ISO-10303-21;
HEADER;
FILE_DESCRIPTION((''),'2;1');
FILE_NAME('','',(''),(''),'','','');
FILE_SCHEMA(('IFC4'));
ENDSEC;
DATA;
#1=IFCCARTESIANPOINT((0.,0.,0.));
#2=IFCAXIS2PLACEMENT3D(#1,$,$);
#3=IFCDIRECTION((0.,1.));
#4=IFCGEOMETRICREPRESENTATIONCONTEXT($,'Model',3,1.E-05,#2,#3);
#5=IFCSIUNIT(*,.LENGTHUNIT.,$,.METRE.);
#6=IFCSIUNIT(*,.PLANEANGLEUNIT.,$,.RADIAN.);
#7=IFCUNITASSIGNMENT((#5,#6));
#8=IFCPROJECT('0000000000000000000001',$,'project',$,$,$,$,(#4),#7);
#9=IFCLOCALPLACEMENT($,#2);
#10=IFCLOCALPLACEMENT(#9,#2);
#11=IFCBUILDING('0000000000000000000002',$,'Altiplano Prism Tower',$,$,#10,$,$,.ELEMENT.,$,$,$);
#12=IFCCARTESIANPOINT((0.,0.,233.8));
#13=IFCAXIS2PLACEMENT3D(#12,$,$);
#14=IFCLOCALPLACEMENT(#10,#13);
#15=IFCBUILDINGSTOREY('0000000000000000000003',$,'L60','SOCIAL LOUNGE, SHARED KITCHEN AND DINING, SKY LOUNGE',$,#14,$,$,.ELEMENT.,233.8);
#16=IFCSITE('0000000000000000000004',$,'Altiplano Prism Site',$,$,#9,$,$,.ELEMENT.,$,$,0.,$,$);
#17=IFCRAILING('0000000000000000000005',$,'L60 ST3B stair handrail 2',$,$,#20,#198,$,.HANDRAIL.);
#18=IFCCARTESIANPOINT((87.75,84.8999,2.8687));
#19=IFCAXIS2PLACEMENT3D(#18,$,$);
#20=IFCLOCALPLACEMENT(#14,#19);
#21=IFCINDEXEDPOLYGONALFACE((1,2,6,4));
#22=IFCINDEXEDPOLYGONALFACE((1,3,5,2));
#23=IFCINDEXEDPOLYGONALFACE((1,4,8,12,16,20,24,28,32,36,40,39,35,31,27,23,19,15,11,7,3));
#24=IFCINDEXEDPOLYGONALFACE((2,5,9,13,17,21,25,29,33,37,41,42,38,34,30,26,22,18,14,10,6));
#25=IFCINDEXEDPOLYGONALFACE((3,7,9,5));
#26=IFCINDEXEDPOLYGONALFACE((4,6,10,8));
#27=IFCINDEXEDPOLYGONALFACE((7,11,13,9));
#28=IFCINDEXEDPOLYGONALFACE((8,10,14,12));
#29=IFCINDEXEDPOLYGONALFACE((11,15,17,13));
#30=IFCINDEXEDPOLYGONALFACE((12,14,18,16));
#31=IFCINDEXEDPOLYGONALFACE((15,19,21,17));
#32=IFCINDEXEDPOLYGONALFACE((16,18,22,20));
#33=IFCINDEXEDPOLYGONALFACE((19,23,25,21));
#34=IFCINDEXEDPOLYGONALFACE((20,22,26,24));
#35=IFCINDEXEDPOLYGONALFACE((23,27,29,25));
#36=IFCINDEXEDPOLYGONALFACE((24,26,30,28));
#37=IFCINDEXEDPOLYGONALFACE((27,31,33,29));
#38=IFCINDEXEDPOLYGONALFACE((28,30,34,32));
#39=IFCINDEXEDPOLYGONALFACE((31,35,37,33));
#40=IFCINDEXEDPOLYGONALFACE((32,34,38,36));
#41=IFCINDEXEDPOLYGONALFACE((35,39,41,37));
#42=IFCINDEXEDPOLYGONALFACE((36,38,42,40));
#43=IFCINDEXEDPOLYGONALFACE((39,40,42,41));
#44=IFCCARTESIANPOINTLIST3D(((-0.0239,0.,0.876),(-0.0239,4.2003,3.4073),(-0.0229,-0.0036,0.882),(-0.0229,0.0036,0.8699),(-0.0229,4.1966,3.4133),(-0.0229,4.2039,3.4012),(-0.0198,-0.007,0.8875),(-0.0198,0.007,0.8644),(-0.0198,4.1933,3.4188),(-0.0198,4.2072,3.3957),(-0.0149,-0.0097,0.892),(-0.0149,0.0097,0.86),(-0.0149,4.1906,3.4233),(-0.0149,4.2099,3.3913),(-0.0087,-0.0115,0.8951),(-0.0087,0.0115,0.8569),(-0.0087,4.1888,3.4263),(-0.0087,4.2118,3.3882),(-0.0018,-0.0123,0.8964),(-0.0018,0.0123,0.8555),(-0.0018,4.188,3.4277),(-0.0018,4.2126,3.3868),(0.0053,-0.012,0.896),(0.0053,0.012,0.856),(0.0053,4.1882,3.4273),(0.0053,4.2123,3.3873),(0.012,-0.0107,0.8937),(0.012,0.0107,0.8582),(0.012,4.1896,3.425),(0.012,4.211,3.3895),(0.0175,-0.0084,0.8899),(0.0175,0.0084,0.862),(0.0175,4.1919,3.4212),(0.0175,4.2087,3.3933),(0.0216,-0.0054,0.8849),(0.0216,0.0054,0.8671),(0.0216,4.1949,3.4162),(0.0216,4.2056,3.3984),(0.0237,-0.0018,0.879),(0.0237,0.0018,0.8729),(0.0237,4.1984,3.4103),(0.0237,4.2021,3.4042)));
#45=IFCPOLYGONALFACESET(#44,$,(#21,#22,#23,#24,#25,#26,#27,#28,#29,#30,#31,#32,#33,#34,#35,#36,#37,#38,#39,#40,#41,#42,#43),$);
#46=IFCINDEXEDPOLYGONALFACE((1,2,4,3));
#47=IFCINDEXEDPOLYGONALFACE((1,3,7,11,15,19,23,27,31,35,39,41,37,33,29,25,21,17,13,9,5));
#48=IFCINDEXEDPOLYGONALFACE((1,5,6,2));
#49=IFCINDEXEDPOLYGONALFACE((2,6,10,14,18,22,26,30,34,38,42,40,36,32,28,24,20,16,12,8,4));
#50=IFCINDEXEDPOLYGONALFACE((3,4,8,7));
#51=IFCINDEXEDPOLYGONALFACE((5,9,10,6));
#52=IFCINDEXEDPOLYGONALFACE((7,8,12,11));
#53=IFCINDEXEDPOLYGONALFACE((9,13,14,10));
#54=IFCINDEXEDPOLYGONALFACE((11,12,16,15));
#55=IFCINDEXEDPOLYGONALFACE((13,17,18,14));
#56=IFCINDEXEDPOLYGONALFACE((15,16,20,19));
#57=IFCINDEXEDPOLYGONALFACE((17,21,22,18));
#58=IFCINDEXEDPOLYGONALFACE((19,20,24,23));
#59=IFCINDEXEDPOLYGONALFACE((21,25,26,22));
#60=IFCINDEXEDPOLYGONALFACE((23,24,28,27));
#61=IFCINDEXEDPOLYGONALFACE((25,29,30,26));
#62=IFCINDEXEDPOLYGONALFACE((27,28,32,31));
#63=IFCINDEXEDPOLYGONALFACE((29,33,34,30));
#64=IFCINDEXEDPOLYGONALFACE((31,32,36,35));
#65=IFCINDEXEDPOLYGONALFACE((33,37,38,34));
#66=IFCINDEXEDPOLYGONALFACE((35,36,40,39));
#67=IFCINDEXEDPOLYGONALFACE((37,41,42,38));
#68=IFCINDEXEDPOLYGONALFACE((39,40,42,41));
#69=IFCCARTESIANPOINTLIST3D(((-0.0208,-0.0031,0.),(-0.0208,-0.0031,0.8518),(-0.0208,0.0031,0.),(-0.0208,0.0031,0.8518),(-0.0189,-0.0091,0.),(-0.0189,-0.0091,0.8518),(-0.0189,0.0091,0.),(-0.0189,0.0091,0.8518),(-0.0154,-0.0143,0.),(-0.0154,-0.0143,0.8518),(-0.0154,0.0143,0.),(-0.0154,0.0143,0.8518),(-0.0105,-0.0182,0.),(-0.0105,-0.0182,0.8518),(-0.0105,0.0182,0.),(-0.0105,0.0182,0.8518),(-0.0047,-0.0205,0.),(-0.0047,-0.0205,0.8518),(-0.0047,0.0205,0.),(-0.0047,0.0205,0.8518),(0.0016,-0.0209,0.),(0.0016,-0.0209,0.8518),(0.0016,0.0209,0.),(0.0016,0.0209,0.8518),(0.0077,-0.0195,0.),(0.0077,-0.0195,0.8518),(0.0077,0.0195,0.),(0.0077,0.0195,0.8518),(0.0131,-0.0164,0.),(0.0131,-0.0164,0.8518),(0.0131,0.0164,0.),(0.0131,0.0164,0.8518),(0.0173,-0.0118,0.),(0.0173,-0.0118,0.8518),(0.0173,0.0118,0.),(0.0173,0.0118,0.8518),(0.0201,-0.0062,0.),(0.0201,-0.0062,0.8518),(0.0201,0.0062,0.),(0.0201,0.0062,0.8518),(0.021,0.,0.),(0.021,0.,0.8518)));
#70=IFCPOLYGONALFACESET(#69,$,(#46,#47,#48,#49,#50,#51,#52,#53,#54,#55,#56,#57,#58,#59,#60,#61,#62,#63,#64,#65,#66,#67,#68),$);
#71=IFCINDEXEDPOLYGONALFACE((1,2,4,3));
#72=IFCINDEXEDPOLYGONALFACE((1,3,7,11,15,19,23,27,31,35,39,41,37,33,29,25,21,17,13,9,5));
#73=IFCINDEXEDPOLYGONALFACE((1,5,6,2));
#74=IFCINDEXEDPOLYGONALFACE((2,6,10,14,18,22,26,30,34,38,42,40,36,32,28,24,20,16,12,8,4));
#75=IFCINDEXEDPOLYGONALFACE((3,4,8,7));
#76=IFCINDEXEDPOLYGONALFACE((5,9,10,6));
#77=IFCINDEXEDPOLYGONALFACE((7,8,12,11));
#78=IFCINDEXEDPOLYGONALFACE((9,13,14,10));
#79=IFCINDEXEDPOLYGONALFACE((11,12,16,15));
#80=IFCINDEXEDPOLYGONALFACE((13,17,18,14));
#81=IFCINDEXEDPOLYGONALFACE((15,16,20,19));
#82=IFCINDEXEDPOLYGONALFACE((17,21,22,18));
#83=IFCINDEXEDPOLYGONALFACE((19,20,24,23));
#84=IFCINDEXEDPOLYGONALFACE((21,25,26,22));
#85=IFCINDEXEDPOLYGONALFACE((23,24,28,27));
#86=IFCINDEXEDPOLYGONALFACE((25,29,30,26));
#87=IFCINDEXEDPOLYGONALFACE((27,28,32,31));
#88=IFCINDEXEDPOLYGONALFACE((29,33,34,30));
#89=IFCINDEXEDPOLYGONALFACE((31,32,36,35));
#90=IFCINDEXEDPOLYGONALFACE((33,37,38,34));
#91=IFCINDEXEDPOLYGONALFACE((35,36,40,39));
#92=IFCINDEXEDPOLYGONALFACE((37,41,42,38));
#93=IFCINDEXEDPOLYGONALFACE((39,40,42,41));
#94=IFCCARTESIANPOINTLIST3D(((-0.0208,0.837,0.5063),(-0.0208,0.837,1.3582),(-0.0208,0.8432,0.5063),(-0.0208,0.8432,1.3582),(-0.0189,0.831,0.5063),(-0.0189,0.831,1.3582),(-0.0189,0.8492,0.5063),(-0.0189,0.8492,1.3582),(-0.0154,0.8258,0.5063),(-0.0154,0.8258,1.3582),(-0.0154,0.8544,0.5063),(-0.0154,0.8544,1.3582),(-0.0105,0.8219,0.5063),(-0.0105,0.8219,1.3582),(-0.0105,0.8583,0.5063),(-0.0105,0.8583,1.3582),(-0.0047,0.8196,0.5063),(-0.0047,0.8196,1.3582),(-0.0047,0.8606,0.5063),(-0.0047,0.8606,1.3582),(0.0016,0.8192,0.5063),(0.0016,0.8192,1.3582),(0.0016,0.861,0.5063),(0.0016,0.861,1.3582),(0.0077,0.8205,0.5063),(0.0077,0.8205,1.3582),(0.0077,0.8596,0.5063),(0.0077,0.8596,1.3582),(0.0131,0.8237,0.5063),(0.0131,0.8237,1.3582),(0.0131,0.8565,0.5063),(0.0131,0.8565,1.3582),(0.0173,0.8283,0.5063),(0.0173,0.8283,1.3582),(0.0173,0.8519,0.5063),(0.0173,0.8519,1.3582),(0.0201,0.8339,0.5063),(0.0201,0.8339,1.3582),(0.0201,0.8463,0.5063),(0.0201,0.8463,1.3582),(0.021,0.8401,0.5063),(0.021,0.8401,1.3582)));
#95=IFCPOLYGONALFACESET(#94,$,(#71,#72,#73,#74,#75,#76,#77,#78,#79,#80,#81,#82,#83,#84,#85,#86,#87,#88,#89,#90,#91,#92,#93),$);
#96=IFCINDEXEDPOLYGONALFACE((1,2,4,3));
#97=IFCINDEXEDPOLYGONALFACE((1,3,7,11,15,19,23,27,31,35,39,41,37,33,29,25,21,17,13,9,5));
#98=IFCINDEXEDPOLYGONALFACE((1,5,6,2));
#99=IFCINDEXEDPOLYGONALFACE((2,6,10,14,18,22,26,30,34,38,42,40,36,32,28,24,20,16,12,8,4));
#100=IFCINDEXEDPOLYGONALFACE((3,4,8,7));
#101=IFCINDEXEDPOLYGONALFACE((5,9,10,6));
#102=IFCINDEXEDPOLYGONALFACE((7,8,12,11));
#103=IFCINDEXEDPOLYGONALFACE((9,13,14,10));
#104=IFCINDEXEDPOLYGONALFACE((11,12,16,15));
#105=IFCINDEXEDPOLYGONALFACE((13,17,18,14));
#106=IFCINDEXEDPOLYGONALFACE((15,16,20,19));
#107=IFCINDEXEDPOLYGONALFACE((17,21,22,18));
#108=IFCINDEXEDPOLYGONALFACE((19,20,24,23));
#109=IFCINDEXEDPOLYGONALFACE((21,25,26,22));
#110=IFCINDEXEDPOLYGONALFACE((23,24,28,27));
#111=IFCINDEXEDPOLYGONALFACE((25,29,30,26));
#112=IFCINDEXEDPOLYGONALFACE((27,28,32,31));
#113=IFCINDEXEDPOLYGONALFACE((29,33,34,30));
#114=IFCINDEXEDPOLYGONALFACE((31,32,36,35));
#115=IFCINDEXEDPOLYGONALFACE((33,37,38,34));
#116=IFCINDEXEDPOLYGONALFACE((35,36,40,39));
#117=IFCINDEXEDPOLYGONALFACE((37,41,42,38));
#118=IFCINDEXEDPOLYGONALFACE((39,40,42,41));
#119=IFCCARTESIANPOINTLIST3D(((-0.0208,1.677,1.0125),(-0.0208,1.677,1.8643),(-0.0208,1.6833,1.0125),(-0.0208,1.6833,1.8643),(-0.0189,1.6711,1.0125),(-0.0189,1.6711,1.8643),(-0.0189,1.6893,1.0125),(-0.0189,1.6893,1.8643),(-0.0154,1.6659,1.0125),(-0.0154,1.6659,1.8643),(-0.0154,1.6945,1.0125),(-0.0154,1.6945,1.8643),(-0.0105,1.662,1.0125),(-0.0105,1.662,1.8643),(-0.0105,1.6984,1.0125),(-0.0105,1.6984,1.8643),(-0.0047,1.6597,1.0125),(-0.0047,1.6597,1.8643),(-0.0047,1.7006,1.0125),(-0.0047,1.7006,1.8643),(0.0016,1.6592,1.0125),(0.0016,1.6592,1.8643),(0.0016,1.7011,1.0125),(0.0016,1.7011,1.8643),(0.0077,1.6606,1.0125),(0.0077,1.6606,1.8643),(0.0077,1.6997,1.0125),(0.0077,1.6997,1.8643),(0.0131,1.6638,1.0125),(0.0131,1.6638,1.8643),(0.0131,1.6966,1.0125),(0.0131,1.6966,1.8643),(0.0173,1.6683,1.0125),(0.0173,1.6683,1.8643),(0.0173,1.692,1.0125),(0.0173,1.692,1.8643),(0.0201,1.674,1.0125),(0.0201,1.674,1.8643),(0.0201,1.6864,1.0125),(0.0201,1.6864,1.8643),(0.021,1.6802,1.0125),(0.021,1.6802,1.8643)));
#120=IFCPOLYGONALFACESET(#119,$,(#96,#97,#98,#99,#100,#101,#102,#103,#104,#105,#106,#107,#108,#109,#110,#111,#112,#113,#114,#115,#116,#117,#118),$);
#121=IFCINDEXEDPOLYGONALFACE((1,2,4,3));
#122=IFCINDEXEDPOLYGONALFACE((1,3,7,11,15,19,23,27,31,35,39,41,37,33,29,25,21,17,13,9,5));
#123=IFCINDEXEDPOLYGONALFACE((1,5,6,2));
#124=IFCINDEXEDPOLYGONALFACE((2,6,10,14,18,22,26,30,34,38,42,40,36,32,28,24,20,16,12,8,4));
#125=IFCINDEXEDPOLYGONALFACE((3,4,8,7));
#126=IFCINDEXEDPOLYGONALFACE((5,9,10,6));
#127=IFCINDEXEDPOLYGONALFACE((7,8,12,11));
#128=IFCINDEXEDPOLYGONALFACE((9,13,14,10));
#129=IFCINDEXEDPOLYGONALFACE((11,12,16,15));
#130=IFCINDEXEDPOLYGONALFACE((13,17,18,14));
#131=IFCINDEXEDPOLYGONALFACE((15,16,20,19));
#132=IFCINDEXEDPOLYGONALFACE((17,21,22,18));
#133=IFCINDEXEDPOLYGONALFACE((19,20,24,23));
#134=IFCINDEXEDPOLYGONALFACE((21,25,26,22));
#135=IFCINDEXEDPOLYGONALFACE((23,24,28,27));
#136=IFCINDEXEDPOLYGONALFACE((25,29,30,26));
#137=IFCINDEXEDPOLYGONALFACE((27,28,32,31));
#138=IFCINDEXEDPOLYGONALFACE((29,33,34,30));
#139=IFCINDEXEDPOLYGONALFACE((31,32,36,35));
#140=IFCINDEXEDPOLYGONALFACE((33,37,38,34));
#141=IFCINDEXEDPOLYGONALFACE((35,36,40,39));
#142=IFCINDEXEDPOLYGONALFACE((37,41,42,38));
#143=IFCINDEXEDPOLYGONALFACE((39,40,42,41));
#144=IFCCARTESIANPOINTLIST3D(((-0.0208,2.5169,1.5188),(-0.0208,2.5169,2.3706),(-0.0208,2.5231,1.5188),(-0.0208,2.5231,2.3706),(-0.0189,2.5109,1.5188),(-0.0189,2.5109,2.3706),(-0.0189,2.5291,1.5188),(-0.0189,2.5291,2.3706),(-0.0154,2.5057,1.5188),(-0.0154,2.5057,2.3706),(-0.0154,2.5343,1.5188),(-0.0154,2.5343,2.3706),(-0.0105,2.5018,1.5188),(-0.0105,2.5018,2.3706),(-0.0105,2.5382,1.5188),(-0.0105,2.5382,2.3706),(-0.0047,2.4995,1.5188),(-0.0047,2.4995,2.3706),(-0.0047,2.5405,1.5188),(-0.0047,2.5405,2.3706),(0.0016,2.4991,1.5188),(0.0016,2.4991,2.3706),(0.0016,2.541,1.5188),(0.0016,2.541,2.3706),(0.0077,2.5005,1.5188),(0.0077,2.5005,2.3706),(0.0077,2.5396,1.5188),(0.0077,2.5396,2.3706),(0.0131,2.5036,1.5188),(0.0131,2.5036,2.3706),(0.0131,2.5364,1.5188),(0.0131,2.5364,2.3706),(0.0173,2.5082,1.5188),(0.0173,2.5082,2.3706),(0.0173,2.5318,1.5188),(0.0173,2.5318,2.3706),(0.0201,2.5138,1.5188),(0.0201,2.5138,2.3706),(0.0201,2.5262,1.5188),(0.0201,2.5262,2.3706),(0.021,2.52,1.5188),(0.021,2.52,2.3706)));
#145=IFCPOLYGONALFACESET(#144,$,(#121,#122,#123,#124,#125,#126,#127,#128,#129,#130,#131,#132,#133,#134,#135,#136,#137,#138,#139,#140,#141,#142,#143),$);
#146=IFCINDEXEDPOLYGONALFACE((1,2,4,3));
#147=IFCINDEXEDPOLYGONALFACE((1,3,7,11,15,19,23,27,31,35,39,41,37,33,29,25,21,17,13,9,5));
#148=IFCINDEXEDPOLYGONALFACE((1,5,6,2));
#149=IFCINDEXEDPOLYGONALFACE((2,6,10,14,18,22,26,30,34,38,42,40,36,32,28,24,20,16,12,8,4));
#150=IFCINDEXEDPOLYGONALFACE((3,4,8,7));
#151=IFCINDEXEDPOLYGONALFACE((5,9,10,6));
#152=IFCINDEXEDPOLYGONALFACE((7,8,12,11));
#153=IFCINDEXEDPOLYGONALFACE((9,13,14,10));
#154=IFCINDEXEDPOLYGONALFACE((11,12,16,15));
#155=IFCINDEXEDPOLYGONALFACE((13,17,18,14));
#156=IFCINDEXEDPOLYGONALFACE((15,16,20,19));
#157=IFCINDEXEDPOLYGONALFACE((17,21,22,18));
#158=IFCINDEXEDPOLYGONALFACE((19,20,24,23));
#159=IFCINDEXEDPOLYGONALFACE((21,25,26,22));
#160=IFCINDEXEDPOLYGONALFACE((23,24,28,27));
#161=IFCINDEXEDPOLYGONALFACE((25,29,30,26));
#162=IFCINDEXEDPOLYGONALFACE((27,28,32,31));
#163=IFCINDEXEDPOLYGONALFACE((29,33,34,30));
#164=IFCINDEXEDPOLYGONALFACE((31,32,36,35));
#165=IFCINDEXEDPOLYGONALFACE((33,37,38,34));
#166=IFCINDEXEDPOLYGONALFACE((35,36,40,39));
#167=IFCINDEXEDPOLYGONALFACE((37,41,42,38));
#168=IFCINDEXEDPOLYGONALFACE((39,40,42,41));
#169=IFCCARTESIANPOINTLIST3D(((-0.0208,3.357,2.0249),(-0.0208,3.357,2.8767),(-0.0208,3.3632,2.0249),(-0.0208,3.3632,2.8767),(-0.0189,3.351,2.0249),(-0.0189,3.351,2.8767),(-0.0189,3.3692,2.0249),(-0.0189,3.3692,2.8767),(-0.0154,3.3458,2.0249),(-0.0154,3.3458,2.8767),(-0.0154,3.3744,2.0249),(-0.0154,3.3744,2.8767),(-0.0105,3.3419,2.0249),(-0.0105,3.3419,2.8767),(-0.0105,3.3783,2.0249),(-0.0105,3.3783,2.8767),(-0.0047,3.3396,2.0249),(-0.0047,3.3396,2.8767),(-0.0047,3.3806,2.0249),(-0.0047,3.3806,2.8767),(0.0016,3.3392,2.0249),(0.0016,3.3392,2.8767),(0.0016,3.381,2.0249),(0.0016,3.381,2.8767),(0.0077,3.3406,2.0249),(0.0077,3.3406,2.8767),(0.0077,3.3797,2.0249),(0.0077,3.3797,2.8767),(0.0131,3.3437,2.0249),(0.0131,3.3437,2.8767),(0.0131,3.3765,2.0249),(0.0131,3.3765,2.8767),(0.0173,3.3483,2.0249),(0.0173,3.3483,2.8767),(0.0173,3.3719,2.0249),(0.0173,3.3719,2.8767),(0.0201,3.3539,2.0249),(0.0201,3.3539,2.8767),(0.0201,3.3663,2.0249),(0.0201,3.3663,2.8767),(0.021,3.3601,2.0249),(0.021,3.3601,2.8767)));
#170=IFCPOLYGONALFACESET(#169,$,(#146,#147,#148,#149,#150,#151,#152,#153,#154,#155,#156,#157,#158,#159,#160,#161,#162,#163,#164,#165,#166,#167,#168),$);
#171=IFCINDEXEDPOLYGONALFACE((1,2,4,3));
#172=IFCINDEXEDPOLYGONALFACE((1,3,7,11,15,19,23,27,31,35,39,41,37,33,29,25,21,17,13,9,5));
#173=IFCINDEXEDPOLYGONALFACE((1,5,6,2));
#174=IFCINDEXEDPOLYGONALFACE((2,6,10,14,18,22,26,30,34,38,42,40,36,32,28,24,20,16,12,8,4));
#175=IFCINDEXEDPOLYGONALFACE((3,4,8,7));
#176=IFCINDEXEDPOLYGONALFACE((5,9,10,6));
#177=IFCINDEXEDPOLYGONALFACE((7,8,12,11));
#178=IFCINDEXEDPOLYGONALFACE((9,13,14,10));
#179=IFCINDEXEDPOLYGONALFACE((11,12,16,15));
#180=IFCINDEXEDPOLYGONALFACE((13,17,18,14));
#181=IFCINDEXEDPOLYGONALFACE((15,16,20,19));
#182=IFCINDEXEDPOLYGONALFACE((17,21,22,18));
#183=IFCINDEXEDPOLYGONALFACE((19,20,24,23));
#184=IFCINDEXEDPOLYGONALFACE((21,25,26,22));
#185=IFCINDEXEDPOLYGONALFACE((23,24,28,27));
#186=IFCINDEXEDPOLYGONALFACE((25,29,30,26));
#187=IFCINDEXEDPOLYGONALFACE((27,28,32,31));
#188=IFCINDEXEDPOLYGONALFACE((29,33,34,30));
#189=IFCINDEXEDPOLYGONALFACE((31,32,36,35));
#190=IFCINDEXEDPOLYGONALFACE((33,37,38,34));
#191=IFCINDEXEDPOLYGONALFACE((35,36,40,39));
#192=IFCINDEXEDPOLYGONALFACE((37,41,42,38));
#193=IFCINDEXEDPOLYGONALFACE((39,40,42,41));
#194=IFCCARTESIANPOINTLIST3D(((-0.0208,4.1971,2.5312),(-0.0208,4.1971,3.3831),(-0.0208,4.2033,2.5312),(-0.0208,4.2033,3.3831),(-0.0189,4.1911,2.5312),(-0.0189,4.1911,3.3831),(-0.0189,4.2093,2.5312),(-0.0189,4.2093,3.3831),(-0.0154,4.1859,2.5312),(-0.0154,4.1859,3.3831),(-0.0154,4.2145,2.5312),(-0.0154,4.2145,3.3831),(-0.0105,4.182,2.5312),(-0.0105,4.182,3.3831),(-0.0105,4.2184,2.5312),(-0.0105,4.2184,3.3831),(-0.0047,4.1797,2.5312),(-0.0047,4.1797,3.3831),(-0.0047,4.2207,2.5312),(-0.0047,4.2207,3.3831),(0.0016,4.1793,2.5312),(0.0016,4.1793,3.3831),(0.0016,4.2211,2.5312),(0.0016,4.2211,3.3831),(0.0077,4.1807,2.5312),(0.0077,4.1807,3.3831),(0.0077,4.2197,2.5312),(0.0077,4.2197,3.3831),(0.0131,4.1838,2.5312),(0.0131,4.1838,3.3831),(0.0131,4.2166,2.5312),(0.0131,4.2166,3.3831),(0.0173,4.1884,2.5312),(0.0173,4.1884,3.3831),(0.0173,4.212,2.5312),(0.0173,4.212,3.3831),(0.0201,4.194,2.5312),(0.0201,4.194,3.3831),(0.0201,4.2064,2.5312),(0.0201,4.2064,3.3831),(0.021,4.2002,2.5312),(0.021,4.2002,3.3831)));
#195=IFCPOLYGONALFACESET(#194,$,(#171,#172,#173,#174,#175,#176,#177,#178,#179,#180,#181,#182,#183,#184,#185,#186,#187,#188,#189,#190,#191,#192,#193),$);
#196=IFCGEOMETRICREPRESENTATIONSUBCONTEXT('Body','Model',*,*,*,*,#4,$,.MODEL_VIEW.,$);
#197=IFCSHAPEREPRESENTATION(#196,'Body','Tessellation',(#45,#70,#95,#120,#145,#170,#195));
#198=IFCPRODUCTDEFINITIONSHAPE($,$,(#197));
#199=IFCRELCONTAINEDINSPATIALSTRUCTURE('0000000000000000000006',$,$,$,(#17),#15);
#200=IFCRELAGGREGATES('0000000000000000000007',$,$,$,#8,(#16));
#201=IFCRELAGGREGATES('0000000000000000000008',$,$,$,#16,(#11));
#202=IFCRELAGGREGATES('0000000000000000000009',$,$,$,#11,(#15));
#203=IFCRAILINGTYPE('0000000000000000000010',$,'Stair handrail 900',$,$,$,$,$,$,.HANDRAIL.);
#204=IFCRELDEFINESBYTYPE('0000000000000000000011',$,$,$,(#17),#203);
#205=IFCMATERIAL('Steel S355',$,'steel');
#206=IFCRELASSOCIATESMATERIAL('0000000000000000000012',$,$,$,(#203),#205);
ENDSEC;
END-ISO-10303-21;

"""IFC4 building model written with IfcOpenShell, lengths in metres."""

from ifc_helpers import new_model, si_unit, direction, frame, origin, origin_2d, place, context, subcontext, project, spatial, circle, extrude, material, type_object, element, save


model = new_model("IFC4")

# Units and contexts
model_context = context("Model", 3, precision=1e-05, world=origin(), true_north=direction((0.0, 1.0)))
body_context = subcontext(model_context, "Body", "Model", "MODEL_VIEW")
ifc_project = project(units=[si_unit("LENGTHUNIT", "METRE"), si_unit("PLANEANGLEUNIT", "RADIAN")], contexts=[model_context])

# Site, building, storey
site_placement = place(None, origin())
site = spatial("IfcSite", under=ifc_project, at=site_placement, Name="Altiplano Prism Site", CompositionType="ELEMENT", RefElevation=0.0)
building_placement = place(site_placement, origin())
building = spatial("IfcBuilding", under=site, at=building_placement, Name="Altiplano Prism Tower", CompositionType="ELEMENT")
storey_placement = place(building_placement, frame((0.0, 0.0, 233.8)))
storey = spatial("IfcBuildingStorey", under=building, at=storey_placement, Name="L60", Description="SOCIAL LOUNGE, SHARED KITCHEN AND DINING, SKY LOUNGE", CompositionType="ELEMENT", Elevation=233.8)

# Railing
ifc_material_1 = material(Name="Steel S355", Category="steel")
railing_type_1 = type_object("IfcRailingType", Name="Stair handrail 900", PredefinedType="HANDRAIL", material=ifc_material_1)
railing_1_placement = place(storey_placement, frame((87.75, 84.8999, 2.8687)))
element("IfcRailing", 1, at=railing_1_placement, inside=storey, type_object=railing_type_1, Name="L60 ST3B stair handrail 2", PredefinedType="HANDRAIL", context=body_context, shape_type="SweptSolid", body=[
    extrude(circle(Radius=0.0239, at=origin_2d()), frame((0.0, 0.0, 0.876), z_axis=(0.0, 0.85649, 0.516164), x_axis=(-1.0, 0.0, 0.0)), (0.0, 0.0, 1.0), 4.9041),
    extrude(circle(Radius=0.021, at=origin_2d()), origin(), (0.0, 0.0, 1.0), 0.8518),
    extrude(circle(Radius=0.021, at=origin_2d()), frame((0.0, 0.8401, 0.5063)), (0.0, 0.0, 1.0), 0.8518),
    extrude(circle(Radius=0.021, at=origin_2d()), frame((0.0, 1.6802, 1.0125)), (0.0, 0.0, 1.0), 0.8518),
    extrude(circle(Radius=0.021, at=origin_2d()), frame((0.0, 2.52, 1.5188)), (0.0, 0.0, 1.0), 0.8518),
    extrude(circle(Radius=0.021, at=origin_2d()), frame((0.0, 3.3601, 2.0249)), (0.0, 0.0, 1.0), 0.8518),
    extrude(circle(Radius=0.021, at=origin_2d()), frame((0.0, 4.2002, 2.5312)), (0.0, 0.0, 1.0), 0.8518),
])

save(model, "model.ifc")
